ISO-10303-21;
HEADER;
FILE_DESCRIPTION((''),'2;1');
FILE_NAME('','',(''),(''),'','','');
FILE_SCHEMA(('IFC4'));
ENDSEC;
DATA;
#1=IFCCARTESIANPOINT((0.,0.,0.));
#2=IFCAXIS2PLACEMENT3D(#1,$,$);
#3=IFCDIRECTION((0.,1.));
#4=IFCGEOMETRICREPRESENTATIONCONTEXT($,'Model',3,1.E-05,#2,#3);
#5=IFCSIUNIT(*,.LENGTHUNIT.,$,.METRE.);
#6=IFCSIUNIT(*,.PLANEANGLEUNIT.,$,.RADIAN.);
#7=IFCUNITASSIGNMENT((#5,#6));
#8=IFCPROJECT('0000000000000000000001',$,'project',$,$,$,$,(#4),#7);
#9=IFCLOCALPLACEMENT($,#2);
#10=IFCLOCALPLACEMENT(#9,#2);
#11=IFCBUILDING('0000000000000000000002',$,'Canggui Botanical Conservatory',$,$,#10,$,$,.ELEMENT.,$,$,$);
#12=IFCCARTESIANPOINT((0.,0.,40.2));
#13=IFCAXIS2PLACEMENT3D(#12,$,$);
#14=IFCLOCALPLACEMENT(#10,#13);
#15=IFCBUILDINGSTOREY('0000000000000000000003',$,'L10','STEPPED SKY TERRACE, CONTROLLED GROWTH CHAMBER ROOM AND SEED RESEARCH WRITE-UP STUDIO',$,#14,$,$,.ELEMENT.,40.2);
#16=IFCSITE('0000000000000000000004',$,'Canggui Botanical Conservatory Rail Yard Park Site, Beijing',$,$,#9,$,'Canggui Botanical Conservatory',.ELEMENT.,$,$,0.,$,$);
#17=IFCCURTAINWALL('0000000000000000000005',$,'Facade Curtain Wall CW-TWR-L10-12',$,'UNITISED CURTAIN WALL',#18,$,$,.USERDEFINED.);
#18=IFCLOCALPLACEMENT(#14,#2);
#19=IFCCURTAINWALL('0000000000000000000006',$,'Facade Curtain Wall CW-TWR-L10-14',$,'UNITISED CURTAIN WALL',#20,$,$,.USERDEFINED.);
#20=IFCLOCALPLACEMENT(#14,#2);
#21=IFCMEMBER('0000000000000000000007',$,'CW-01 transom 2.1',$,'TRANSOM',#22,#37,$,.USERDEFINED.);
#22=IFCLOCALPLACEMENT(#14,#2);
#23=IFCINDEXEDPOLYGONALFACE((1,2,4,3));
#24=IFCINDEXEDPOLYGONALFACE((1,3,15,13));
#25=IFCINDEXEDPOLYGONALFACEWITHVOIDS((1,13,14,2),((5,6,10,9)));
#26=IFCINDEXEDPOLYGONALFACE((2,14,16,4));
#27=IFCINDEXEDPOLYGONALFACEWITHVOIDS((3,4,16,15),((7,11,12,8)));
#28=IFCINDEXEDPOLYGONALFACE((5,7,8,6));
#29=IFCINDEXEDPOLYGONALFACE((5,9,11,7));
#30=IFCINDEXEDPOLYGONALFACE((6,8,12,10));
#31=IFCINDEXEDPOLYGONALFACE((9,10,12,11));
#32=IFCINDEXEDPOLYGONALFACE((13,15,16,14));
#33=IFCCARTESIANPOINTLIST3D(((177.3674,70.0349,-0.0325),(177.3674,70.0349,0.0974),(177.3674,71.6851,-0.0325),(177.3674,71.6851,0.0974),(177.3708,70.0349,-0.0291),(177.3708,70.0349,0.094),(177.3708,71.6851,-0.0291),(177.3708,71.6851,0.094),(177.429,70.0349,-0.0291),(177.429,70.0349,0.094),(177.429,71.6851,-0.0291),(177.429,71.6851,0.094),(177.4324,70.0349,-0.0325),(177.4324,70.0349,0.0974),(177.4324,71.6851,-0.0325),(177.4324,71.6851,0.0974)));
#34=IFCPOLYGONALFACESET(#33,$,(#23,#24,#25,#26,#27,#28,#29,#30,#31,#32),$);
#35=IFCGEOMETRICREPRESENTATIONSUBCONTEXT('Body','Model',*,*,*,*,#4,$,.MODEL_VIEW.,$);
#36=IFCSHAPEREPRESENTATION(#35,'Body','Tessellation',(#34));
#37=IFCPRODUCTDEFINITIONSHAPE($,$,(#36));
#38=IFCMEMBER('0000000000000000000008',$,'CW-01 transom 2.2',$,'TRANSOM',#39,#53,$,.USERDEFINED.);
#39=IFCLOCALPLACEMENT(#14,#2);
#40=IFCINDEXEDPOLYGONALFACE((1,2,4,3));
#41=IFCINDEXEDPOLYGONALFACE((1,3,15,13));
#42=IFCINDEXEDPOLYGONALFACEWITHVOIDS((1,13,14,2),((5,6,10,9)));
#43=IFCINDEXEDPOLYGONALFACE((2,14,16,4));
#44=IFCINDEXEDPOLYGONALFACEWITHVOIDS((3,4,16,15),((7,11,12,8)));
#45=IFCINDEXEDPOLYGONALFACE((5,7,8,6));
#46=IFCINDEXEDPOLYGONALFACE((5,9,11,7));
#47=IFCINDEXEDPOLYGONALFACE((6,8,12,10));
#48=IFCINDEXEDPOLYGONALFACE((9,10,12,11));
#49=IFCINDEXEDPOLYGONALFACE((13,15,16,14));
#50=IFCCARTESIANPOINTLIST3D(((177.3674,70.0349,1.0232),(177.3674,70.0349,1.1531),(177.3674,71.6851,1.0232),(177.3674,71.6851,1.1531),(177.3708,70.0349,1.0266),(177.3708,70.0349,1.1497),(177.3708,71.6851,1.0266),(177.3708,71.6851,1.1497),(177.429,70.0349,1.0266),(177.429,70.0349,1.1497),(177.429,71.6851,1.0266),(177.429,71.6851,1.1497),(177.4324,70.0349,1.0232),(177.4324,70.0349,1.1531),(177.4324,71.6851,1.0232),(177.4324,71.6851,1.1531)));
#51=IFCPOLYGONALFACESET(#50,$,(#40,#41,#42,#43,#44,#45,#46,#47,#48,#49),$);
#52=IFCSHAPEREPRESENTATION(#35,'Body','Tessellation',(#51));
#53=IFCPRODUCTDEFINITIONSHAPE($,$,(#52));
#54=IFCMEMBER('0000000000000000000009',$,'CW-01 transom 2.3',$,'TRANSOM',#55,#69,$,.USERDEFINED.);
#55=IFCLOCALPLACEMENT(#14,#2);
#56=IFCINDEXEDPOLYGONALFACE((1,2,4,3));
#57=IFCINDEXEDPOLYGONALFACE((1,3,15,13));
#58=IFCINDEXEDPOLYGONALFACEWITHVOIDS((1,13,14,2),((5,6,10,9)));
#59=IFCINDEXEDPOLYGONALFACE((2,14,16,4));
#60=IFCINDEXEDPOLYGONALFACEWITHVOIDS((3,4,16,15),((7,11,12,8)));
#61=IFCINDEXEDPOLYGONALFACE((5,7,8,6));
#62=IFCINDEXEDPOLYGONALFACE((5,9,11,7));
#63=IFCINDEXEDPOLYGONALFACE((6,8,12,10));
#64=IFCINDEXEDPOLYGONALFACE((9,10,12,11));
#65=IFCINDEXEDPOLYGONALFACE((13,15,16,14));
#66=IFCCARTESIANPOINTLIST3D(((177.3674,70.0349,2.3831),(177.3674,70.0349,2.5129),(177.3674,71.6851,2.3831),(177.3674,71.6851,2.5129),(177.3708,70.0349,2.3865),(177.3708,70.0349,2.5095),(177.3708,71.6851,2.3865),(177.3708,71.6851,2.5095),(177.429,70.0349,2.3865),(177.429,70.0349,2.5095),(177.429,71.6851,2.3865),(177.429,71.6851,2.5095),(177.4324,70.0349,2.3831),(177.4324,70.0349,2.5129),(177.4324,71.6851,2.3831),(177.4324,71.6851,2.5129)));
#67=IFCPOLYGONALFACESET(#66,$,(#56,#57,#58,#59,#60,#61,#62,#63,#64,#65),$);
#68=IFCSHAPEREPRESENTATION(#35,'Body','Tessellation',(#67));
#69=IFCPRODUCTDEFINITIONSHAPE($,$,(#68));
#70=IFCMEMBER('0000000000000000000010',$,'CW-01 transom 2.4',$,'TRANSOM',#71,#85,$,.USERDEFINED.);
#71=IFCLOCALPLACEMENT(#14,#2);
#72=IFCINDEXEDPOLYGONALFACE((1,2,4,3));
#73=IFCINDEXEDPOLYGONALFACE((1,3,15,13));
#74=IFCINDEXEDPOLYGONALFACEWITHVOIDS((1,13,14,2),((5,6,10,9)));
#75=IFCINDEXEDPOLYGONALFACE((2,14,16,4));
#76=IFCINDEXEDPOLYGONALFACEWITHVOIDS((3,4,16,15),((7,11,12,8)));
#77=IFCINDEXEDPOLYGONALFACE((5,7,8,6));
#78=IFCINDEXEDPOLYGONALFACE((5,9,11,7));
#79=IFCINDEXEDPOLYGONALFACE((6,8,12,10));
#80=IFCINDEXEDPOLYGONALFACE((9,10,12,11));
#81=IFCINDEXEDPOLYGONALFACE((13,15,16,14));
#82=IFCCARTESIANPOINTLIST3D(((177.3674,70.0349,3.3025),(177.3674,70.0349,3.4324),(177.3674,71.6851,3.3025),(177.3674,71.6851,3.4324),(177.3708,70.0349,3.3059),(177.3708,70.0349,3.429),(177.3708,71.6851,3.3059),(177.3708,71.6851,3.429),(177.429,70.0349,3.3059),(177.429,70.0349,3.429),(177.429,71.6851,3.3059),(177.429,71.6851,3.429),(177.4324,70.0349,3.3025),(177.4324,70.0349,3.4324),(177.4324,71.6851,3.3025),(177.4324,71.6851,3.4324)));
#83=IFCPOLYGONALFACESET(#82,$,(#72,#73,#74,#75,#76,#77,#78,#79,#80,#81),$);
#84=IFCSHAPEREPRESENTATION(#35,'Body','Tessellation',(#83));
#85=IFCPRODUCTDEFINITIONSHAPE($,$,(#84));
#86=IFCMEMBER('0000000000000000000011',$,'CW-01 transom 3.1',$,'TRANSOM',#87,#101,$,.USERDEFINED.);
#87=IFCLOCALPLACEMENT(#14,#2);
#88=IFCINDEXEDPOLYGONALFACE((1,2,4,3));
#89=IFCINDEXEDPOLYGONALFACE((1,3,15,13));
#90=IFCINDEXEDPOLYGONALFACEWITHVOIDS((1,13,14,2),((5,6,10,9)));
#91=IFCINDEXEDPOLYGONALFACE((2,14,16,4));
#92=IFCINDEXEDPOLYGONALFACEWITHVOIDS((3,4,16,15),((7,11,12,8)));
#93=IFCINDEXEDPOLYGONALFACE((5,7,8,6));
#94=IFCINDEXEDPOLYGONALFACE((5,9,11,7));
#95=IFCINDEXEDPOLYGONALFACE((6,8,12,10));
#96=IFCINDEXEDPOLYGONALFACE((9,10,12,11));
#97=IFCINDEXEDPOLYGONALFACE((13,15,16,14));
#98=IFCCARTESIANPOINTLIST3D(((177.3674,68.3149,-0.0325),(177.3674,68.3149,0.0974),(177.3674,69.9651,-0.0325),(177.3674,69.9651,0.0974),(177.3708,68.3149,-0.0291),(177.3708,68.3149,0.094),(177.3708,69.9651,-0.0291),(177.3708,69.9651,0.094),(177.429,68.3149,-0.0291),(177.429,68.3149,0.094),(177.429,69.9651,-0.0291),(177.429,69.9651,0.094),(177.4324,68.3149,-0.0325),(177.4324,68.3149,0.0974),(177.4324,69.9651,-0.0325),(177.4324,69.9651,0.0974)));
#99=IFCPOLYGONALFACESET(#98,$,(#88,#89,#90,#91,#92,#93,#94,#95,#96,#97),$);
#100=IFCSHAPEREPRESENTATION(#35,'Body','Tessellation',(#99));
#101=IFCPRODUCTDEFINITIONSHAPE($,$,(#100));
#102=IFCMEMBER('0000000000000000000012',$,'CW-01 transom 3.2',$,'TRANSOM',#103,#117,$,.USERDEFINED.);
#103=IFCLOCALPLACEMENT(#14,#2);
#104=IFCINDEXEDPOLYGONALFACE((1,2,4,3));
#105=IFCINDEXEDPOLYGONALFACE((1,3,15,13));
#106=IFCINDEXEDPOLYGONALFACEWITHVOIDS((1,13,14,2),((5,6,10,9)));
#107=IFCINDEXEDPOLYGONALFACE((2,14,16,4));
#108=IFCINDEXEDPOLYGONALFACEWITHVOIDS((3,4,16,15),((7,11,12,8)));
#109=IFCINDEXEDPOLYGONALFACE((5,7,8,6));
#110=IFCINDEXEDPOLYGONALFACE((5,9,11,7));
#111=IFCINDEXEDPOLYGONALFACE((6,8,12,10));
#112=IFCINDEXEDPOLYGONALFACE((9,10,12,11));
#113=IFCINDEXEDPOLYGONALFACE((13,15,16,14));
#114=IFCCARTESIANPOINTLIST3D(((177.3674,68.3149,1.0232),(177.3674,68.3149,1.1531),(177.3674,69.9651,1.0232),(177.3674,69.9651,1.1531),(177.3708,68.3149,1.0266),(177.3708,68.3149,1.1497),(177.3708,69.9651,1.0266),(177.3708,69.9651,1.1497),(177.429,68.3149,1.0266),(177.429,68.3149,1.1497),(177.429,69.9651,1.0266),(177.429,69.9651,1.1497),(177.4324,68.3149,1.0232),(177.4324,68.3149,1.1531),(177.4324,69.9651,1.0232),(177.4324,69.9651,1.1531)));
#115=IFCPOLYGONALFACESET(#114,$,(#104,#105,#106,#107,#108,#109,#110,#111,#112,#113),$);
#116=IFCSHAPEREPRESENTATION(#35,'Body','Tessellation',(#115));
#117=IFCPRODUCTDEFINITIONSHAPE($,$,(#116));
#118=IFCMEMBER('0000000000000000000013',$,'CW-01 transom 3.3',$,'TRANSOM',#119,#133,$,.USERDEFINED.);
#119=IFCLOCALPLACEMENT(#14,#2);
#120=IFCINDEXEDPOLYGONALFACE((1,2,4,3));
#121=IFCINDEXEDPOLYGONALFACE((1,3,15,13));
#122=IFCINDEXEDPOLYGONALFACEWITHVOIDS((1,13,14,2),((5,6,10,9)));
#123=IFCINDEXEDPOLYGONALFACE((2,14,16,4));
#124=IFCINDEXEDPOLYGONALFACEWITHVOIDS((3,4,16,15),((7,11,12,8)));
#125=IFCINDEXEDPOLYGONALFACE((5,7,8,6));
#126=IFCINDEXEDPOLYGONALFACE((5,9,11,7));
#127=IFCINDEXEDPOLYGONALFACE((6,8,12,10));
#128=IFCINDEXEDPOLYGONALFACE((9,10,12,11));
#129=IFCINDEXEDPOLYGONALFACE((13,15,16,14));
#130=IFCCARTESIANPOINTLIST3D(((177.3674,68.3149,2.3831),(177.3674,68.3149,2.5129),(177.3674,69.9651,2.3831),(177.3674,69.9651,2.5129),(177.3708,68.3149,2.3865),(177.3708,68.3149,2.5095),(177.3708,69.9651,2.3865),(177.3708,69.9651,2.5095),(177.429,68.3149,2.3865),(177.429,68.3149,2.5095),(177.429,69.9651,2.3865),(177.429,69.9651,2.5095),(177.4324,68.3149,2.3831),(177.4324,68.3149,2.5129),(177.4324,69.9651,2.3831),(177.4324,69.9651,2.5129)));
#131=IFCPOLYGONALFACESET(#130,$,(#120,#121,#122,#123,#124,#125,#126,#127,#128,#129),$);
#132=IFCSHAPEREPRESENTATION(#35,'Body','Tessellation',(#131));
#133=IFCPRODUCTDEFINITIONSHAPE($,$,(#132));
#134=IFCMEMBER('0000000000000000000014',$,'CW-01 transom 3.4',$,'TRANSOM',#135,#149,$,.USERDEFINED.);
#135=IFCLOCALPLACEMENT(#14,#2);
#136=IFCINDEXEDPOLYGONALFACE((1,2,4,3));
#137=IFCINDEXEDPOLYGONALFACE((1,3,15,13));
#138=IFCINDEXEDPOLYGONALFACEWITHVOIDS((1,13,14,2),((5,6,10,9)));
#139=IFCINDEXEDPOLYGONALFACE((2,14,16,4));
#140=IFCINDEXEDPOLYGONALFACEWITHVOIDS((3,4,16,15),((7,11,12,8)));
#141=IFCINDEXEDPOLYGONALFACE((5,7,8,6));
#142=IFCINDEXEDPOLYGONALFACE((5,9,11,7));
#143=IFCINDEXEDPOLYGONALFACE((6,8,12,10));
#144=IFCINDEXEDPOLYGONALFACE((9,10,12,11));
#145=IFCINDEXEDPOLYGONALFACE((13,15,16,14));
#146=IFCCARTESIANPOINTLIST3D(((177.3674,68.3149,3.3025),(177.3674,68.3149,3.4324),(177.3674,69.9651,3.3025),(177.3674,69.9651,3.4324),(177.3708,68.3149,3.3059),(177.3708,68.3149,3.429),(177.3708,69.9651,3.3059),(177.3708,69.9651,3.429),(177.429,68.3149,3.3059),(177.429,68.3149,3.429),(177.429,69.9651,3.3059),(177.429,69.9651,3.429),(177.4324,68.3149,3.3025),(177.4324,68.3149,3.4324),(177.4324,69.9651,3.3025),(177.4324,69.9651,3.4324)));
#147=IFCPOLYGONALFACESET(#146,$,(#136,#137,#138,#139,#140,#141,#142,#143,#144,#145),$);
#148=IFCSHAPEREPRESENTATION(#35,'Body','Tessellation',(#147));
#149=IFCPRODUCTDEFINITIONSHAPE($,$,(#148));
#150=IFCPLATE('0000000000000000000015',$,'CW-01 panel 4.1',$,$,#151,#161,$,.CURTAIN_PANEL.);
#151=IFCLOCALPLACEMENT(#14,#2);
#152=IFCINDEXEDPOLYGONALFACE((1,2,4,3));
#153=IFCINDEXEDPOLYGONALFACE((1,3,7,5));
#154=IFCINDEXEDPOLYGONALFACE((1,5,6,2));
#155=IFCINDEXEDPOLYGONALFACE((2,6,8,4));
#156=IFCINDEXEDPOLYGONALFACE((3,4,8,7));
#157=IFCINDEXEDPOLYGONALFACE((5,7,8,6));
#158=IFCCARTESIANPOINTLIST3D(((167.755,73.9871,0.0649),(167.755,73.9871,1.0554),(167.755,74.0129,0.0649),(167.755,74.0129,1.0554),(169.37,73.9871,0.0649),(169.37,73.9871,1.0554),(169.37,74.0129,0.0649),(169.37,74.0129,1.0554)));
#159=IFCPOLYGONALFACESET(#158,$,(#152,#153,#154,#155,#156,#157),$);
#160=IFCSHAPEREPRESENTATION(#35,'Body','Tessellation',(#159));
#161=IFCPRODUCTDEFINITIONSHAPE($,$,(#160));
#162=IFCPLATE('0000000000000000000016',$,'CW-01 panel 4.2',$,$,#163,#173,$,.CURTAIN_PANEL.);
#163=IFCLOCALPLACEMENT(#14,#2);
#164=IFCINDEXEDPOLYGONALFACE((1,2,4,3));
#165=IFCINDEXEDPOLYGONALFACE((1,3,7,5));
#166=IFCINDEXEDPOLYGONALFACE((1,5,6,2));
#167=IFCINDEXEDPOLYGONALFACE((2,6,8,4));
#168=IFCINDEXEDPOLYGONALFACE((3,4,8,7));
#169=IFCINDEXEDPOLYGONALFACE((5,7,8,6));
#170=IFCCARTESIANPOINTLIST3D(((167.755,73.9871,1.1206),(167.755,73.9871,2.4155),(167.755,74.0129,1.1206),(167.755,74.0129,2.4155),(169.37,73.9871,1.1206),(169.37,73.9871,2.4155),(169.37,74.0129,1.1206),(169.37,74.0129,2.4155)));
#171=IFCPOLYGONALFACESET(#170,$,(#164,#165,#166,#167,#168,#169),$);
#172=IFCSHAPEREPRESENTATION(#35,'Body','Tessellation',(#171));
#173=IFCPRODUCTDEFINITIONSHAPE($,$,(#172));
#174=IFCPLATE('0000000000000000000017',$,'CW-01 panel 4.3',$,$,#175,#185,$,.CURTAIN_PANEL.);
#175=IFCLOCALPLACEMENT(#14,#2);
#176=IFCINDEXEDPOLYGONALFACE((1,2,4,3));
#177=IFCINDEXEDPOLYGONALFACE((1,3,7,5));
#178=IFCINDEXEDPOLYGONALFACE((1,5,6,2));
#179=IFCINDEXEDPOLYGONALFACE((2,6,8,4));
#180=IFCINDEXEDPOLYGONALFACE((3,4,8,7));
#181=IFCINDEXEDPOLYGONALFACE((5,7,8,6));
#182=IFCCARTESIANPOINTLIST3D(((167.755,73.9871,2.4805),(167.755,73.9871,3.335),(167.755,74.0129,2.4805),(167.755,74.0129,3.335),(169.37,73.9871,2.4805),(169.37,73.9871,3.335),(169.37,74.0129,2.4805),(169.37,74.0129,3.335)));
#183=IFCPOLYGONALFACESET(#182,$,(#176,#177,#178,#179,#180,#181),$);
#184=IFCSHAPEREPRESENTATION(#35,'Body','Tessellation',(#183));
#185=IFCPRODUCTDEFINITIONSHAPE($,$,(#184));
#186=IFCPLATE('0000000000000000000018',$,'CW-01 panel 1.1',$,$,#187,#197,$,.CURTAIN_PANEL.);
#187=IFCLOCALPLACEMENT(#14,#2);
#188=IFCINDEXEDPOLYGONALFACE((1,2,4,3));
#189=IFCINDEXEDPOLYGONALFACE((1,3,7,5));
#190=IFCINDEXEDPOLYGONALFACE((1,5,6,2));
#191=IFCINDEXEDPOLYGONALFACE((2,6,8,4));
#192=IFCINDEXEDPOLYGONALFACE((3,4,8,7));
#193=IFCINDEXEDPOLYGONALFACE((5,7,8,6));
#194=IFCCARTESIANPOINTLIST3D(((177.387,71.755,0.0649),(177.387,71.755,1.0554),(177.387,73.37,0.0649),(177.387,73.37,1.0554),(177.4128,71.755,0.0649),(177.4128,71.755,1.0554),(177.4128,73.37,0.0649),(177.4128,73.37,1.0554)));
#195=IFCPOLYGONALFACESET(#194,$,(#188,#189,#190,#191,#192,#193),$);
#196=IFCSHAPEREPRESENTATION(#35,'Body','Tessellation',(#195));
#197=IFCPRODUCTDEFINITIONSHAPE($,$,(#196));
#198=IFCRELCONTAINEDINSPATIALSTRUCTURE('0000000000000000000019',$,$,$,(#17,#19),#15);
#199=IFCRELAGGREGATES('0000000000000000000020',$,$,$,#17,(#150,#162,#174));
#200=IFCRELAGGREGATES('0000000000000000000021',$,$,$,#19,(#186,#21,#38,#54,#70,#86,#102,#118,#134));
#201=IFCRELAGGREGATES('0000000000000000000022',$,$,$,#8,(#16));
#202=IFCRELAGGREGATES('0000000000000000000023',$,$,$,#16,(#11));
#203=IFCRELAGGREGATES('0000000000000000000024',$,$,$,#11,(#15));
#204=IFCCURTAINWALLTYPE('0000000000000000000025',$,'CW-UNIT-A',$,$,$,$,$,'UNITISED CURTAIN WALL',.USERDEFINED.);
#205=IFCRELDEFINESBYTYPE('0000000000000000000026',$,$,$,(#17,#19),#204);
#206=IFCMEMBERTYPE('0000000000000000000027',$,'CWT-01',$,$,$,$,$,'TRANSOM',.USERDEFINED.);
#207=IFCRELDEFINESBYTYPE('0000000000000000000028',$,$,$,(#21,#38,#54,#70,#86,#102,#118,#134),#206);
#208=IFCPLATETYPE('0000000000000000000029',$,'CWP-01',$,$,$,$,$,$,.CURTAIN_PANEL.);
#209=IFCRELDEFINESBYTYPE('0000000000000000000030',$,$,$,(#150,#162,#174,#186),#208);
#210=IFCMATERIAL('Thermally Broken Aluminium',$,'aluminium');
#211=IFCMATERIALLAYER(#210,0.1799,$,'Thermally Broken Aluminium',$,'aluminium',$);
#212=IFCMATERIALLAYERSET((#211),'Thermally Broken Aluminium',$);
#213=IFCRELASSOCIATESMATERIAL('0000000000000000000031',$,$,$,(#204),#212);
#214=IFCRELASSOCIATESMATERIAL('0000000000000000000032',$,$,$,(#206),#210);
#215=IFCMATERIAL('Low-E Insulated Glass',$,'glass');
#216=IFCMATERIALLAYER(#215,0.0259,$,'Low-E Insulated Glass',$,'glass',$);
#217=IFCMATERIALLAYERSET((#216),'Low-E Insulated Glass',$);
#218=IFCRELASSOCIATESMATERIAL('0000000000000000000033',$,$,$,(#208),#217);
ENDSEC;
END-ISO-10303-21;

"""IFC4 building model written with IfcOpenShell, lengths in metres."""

from ifc_helpers import new_model, si_unit, direction, frame, origin, origin_2d, place, context, subcontext, project, spatial, rectangle, hollow_rectangle, extrude, material, layer, layer_set, material_profile, profile_set, type_object, element, aggregate, save


model = new_model("IFC4")

# Units and contexts
model_context = context("Model", 3, precision=1e-05, world=origin(), true_north=direction((0.0, 1.0)))
body_context = subcontext(model_context, "Body", "Model", "MODEL_VIEW")
ifc_project = project(units=[si_unit("LENGTHUNIT", "METRE"), si_unit("PLANEANGLEUNIT", "RADIAN")], contexts=[model_context])

# Site, building, storey
site_placement = place(None, origin())
site = spatial("IfcSite", under=ifc_project, at=site_placement, Name="Canggui Botanical Conservatory Rail Yard Park Site, Beijing", LongName="Canggui Botanical Conservatory", CompositionType="ELEMENT", RefElevation=0.0)
building_placement = place(site_placement, origin())
building = spatial("IfcBuilding", under=site, at=building_placement, Name="Canggui Botanical Conservatory", CompositionType="ELEMENT")
storey_placement = place(building_placement, frame((0.0, 0.0, 40.2)))
storey = spatial("IfcBuildingStorey", under=building, at=storey_placement, Name="L10", Description="STEPPED SKY TERRACE, CONTROLLED GROWTH CHAMBER ROOM AND SEED RESEARCH WRITE-UP STUDIO", CompositionType="ELEMENT", Elevation=40.2)

# Curtain wall
ifc_material_1 = material(Name="Thermally Broken Aluminium", Category="aluminium")
ifc_layer_1 = layer(ifc_material_1, 0.1799, Name="Thermally Broken Aluminium", Category="aluminium")
ifc_layer_set_1 = layer_set([ifc_layer_1], Name="Thermally Broken Aluminium")
curtain_wall_type = type_object("IfcCurtainWallType", Name="CW-UNIT-A", ElementType="UNITISED CURTAIN WALL", PredefinedType="USERDEFINED", material=ifc_layer_set_1)
curtain_wall_1_placement = place(storey_placement, origin())
curtain_wall_1 = element("IfcCurtainWall", 1, at=curtain_wall_1_placement, inside=storey, type_object=curtain_wall_type, Name="Facade Curtain Wall CW-TWR-L10-12", ObjectType="UNITISED CURTAIN WALL", PredefinedType="USERDEFINED")

# Curtain wall, members
curtain_wall_2_placement = place(storey_placement, origin())
curtain_wall_2 = element("IfcCurtainWall", 2, at=curtain_wall_2_placement, inside=storey, type_object=curtain_wall_type, Name="Facade Curtain Wall CW-TWR-L10-14", ObjectType="UNITISED CURTAIN WALL", PredefinedType="USERDEFINED")
ifc_material_profile_1 = material_profile(ifc_material_1, hollow_rectangle(XDim=0.0649, YDim=0.1299, WallThickness=0.0034, at=origin_2d()), Name="CWT 65x130x3.5")
ifc_profile_set_1 = profile_set([ifc_material_profile_1], Name="Thermally Broken Aluminium")
member_type_1 = type_object("IfcMemberType", Name="CWT-01", ElementType="TRANSOM", PredefinedType="USERDEFINED", material=ifc_profile_set_1)
member_1_placement = place(storey_placement, frame((177.3999, 71.6851, 0.0325), z_axis=(0.0, -1.0, 0.0), x_axis=(1.0, 0.0, 0.0)))
member_1 = element("IfcMember", 3, at=member_1_placement, type_object=member_type_1, Name="CW-01 transom 2.1", ObjectType="TRANSOM", PredefinedType="USERDEFINED", context=body_context, shape_type="SweptSolid", body=[
    extrude(hollow_rectangle(XDim=0.0649, YDim=0.1299, WallThickness=0.0034, at=origin_2d()), origin(), (0.0, 0.0, 1.0), 1.6501),
])
member_2_placement = place(storey_placement, frame((177.3999, 71.6851, 1.0881), z_axis=(0.0, -1.0, 0.0), x_axis=(1.0, 0.0, 0.0)))
member_2 = element("IfcMember", 4, at=member_2_placement, type_object=member_type_1, Name="CW-01 transom 2.2", ObjectType="TRANSOM", PredefinedType="USERDEFINED", context=body_context, shape_type="SweptSolid", body=[
    extrude(hollow_rectangle(XDim=0.0649, YDim=0.1299, WallThickness=0.0034, at=origin_2d()), origin(), (0.0, 0.0, 1.0), 1.6501),
])
member_3_placement = place(storey_placement, frame((177.3999, 71.6851, 2.448), z_axis=(0.0, -1.0, 0.0), x_axis=(1.0, 0.0, 0.0)))
member_3 = element("IfcMember", 5, at=member_3_placement, type_object=member_type_1, Name="CW-01 transom 2.3", ObjectType="TRANSOM", PredefinedType="USERDEFINED", context=body_context, shape_type="SweptSolid", body=[
    extrude(hollow_rectangle(XDim=0.0649, YDim=0.1299, WallThickness=0.0034, at=origin_2d()), origin(), (0.0, 0.0, 1.0), 1.6501),
])
member_4_placement = place(storey_placement, frame((177.3999, 71.6851, 3.3674), z_axis=(0.0, -1.0, 0.0), x_axis=(1.0, 0.0, 0.0)))
member_4 = element("IfcMember", 6, at=member_4_placement, type_object=member_type_1, Name="CW-01 transom 2.4", ObjectType="TRANSOM", PredefinedType="USERDEFINED", context=body_context, shape_type="SweptSolid", body=[
    extrude(hollow_rectangle(XDim=0.0649, YDim=0.1299, WallThickness=0.0034, at=origin_2d()), origin(), (0.0, 0.0, 1.0), 1.6501),
])
member_5_placement = place(storey_placement, frame((177.3999, 69.9651, 0.0325), z_axis=(0.0, -1.0, 0.0), x_axis=(1.0, 0.0, 0.0)))
member_5 = element("IfcMember", 7, at=member_5_placement, type_object=member_type_1, Name="CW-01 transom 3.1", ObjectType="TRANSOM", PredefinedType="USERDEFINED", context=body_context, shape_type="SweptSolid", body=[
    extrude(hollow_rectangle(XDim=0.0649, YDim=0.1299, WallThickness=0.0034, at=origin_2d()), origin(), (0.0, 0.0, 1.0), 1.6501),
])
member_6_placement = place(storey_placement, frame((177.3999, 69.9651, 1.0881), z_axis=(0.0, -1.0, 0.0), x_axis=(1.0, 0.0, 0.0)))
member_6 = element("IfcMember", 8, at=member_6_placement, type_object=member_type_1, Name="CW-01 transom 3.2", ObjectType="TRANSOM", PredefinedType="USERDEFINED", context=body_context, shape_type="SweptSolid", body=[
    extrude(hollow_rectangle(XDim=0.0649, YDim=0.1299, WallThickness=0.0034, at=origin_2d()), origin(), (0.0, 0.0, 1.0), 1.6501),
])
member_7_placement = place(storey_placement, frame((177.3999, 69.9651, 2.448), z_axis=(0.0, -1.0, 0.0), x_axis=(1.0, 0.0, 0.0)))
member_7 = element("IfcMember", 9, at=member_7_placement, type_object=member_type_1, Name="CW-01 transom 3.3", ObjectType="TRANSOM", PredefinedType="USERDEFINED", context=body_context, shape_type="SweptSolid", body=[
    extrude(hollow_rectangle(XDim=0.0649, YDim=0.1299, WallThickness=0.0034, at=origin_2d()), origin(), (0.0, 0.0, 1.0), 1.6501),
])
member_8_placement = place(storey_placement, frame((177.3999, 69.9651, 3.3674), z_axis=(0.0, -1.0, 0.0), x_axis=(1.0, 0.0, 0.0)))
member_8 = element("IfcMember", 10, at=member_8_placement, type_object=member_type_1, Name="CW-01 transom 3.4", ObjectType="TRANSOM", PredefinedType="USERDEFINED", context=body_context, shape_type="SweptSolid", body=[
    extrude(hollow_rectangle(XDim=0.0649, YDim=0.1299, WallThickness=0.0034, at=origin_2d()), origin(), (0.0, 0.0, 1.0), 1.6501),
])

# Plates
ifc_material_2 = material(Name="Low-E Insulated Glass", Category="glass")
ifc_layer_2 = layer(ifc_material_2, 0.0259, Name="Low-E Insulated Glass", Category="glass")
ifc_layer_set_2 = layer_set([ifc_layer_2], Name="Low-E Insulated Glass")
plate_type = type_object("IfcPlateType", Name="CWP-01", PredefinedType="CURTAIN_PANEL", material=ifc_layer_set_2)
plate_1_placement = place(storey_placement, frame((168.5625, 74.0, 0.0649), z_axis=(0.0, 0.0, 1.0), x_axis=(1.0, 0.0, 0.0)))
plate_1 = element("IfcPlate", 11, at=plate_1_placement, type_object=plate_type, Name="CW-01 panel 4.1", PredefinedType="CURTAIN_PANEL", context=body_context, shape_type="SweptSolid", body=[
    extrude(rectangle(XDim=1.615, YDim=0.0259, at=origin_2d()), origin(), (0.0, 0.0, 1.0), 0.9905),
])
plate_2_placement = place(storey_placement, frame((168.5625, 74.0, 1.1206), z_axis=(0.0, 0.0, 1.0), x_axis=(1.0, 0.0, 0.0)))
plate_2 = element("IfcPlate", 12, at=plate_2_placement, type_object=plate_type, Name="CW-01 panel 4.2", PredefinedType="CURTAIN_PANEL", context=body_context, shape_type="SweptSolid", body=[
    extrude(rectangle(XDim=1.615, YDim=0.0259, at=origin_2d()), origin(), (0.0, 0.0, 1.0), 1.2949),
])
plate_3_placement = place(storey_placement, frame((168.5625, 74.0, 2.4805), z_axis=(0.0, 0.0, 1.0), x_axis=(1.0, 0.0, 0.0)))
plate_3 = element("IfcPlate", 13, at=plate_3_placement, type_object=plate_type, Name="CW-01 panel 4.3", PredefinedType="CURTAIN_PANEL", context=body_context, shape_type="SweptSolid", body=[
    extrude(rectangle(XDim=1.615, YDim=0.0259, at=origin_2d()), origin(), (0.0, 0.0, 1.0), 0.8545),
])
aggregate(curtain_wall_1, [plate_1, plate_2, plate_3])
plate_4_placement = place(storey_placement, frame((177.3999, 72.5625, 0.0649), z_axis=(0.0, 0.0, 1.0), x_axis=(0.0, -1.0, 0.0)))
plate_4 = element("IfcPlate", 14, at=plate_4_placement, type_object=plate_type, Name="CW-01 panel 1.1", PredefinedType="CURTAIN_PANEL", context=body_context, shape_type="SweptSolid", body=[
    extrude(rectangle(XDim=1.615, YDim=0.0259, at=origin_2d()), origin(), (0.0, 0.0, 1.0), 0.9905),
])
aggregate(curtain_wall_2, [plate_4, member_1, member_2, member_3, member_4, member_5, member_6, member_7, member_8])

save(model, "model.ifc")
